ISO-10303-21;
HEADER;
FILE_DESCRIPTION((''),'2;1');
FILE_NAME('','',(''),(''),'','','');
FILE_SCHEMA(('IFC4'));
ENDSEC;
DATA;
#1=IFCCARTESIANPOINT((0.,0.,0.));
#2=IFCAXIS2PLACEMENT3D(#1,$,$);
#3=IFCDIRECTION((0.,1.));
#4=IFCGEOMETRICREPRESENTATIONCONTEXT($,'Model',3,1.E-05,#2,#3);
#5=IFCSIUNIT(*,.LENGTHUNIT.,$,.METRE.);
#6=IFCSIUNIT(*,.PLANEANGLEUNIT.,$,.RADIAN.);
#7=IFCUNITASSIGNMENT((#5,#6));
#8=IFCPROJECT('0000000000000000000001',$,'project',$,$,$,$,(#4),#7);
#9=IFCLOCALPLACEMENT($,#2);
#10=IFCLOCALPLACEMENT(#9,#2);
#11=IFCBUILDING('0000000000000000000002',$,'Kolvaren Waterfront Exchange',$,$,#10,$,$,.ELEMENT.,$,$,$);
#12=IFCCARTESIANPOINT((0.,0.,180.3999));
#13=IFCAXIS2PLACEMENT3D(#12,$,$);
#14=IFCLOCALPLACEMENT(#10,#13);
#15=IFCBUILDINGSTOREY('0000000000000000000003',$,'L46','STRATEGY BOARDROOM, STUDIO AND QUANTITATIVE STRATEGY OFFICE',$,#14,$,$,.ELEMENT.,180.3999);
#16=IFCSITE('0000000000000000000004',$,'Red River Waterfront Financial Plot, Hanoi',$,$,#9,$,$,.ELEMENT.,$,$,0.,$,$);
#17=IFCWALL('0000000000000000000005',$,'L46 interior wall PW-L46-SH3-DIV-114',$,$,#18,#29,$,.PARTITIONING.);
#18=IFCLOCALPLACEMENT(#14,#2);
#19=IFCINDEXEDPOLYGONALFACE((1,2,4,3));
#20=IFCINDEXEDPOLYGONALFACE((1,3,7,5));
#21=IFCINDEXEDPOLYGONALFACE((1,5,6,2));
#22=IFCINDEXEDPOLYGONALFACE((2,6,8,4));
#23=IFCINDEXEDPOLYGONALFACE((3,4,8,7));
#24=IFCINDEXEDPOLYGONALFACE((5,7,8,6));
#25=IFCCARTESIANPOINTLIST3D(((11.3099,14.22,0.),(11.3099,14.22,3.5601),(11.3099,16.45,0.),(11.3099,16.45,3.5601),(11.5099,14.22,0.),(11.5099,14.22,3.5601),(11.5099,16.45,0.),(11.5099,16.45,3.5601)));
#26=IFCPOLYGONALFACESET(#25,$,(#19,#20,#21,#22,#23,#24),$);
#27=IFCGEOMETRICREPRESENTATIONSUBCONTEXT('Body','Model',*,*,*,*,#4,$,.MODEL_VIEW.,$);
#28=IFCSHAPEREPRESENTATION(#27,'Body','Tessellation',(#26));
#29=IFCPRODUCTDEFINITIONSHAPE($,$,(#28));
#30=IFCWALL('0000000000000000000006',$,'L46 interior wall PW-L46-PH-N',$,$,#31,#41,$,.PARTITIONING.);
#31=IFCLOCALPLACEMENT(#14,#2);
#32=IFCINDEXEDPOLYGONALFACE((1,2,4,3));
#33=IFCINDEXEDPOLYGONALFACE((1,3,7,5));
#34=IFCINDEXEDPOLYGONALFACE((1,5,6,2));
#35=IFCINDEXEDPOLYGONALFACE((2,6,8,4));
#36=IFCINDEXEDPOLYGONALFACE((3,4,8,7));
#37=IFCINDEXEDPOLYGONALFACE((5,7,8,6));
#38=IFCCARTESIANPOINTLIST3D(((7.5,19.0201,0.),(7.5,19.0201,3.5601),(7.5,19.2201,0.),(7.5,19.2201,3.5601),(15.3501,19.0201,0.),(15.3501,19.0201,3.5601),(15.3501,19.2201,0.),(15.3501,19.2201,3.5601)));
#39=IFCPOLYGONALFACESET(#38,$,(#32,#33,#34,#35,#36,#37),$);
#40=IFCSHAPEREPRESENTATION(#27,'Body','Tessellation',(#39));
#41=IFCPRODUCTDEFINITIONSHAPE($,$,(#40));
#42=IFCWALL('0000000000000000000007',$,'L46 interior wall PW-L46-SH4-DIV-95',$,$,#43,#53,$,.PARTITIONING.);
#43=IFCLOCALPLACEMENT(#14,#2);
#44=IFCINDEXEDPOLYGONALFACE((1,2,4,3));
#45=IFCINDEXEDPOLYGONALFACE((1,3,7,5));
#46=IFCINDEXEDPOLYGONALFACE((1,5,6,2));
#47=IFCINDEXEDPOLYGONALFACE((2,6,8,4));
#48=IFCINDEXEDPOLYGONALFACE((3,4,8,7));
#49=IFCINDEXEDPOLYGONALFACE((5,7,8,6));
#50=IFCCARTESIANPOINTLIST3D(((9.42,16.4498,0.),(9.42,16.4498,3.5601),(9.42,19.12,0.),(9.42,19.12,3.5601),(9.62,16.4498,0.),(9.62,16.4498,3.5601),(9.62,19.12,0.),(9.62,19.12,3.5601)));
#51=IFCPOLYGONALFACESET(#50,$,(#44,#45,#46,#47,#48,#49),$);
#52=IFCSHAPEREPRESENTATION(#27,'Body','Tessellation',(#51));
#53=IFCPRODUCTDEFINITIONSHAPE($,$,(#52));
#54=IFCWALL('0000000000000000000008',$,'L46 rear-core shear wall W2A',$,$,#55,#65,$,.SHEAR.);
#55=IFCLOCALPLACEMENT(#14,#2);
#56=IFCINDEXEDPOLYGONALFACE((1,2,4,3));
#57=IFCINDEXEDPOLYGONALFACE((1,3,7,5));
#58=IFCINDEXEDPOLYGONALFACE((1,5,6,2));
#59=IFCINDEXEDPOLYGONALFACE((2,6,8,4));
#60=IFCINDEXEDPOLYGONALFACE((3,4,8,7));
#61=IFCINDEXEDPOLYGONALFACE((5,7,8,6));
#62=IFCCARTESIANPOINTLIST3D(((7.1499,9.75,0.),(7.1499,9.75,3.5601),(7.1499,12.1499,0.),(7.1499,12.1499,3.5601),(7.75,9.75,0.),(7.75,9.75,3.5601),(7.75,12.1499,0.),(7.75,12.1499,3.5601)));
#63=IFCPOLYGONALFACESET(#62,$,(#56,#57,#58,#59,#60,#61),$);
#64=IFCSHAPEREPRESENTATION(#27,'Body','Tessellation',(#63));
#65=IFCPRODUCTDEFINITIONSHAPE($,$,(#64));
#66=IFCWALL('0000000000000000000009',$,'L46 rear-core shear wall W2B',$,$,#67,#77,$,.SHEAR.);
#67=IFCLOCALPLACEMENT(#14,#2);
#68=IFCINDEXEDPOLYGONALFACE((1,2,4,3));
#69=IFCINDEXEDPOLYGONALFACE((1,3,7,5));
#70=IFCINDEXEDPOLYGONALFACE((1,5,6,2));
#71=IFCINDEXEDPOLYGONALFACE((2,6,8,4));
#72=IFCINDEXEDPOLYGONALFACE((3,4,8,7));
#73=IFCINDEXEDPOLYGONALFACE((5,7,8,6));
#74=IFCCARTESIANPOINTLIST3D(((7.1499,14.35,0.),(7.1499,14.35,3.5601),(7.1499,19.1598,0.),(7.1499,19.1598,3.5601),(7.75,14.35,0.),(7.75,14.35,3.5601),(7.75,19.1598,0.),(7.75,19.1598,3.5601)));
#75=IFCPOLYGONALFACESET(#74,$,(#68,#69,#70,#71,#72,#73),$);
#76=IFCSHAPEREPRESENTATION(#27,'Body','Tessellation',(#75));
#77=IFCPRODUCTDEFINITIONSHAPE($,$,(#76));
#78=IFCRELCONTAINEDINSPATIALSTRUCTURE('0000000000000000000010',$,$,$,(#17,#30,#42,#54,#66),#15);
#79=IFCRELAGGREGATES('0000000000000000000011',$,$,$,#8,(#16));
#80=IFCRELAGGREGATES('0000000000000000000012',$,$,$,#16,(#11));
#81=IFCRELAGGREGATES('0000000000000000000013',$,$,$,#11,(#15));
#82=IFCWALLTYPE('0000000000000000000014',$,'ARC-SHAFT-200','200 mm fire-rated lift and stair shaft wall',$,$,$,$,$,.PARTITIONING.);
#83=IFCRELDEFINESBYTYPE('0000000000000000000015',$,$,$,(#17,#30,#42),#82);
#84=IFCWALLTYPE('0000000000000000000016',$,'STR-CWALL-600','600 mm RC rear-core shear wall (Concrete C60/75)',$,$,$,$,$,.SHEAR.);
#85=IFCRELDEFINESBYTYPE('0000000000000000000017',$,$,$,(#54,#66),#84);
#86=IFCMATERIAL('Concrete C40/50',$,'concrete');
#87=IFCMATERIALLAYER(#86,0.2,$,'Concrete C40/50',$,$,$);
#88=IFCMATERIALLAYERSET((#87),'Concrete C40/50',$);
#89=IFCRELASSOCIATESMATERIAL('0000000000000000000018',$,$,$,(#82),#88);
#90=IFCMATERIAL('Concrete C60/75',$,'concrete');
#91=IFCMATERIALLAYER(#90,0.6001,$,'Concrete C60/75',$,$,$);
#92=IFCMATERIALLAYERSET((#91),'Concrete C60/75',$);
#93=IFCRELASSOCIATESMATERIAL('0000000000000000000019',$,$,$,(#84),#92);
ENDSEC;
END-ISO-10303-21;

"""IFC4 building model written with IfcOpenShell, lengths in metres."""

from ifc_helpers import new_model, si_unit, direction, frame, frame_2d, origin, place, context, subcontext, project, spatial, rectangle, extrude, material, layer, layer_set, type_object, element, save


model = new_model("IFC4")

# Units and contexts
model_context = context("Model", 3, precision=1e-05, world=origin(), true_north=direction((0.0, 1.0)))
body_context = subcontext(model_context, "Body", "Model", "MODEL_VIEW")
ifc_project = project(units=[si_unit("LENGTHUNIT", "METRE"), si_unit("PLANEANGLEUNIT", "RADIAN")], contexts=[model_context])

# Site, building, storey
site_placement = place(None, origin())
site = spatial("IfcSite", under=ifc_project, at=site_placement, Name="Red River Waterfront Financial Plot, Hanoi", CompositionType="ELEMENT", RefElevation=0.0)
building_placement = place(site_placement, origin())
building = spatial("IfcBuilding", under=site, at=building_placement, Name="Kolvaren Waterfront Exchange", CompositionType="ELEMENT")
storey_placement = place(building_placement, frame((0.0, 0.0, 180.3999)))
storey = spatial("IfcBuildingStorey", under=building, at=storey_placement, Name="L46", Description="STRATEGY BOARDROOM, STUDIO AND QUANTITATIVE STRATEGY OFFICE", CompositionType="ELEMENT", Elevation=180.3999)

# Shared definitions
ifc_material_1 = material(Name="Concrete C60/75", Category="concrete")

# Shared definitions
ifc_material_2 = material(Name="Concrete C40/50", Category="concrete")
ifc_layer_1 = layer(ifc_material_2, 0.2, Name="Concrete C40/50")
ifc_layer_set_1 = layer_set([ifc_layer_1], Name="Concrete C40/50")
wall_type_1 = type_object("IfcWallType", Name="ARC-SHAFT-200", Description="200 mm fire-rated lift and stair shaft wall", PredefinedType="PARTITIONING", material=ifc_layer_set_1)

# Walls
for number, where, z_axis, x_axis, name in (
    (1, (11.4099, 14.22, 0.0), (0.0, 0.0, 1.0), (0.0, 1.0, 0.0), "L46 interior wall PW-L46-SH3-DIV-114"),
):
    element("IfcWall", number, at=place(storey_placement, frame(where, z_axis=z_axis, x_axis=x_axis)), inside=storey, type_object=wall_type_1, Name=name, PredefinedType="PARTITIONING", context=body_context, shape_type="SweptSolid", body=[
        extrude(rectangle(XDim=2.23, YDim=0.2, at=frame_2d((1.115, 0.0))), origin(), (0.0, 0.0, 1.0), 3.5601),
    ])
wall_1_placement = place(storey_placement, frame((7.5, 19.1201, 0.0), z_axis=(0.0, 0.0, 1.0), x_axis=(1.0, 0.0, 0.0)))
element("IfcWall", 2, at=wall_1_placement, inside=storey, type_object=wall_type_1, Name="L46 interior wall PW-L46-PH-N", PredefinedType="PARTITIONING", context=body_context, shape_type="SweptSolid", body=[
    extrude(rectangle(XDim=7.8501, YDim=0.2, at=frame_2d((3.925, 0.0))), origin(), (0.0, 0.0, 1.0), 3.5601),
])
wall_2_placement = place(storey_placement, frame((9.52, 16.45, 0.0), z_axis=(0.0, 0.0, 1.0), x_axis=(0.0, 1.0, 0.0)))
element("IfcWall", 3, at=wall_2_placement, inside=storey, type_object=wall_type_1, Name="L46 interior wall PW-L46-SH4-DIV-95", PredefinedType="PARTITIONING", context=body_context, shape_type="SweptSolid", body=[
    extrude(rectangle(XDim=2.6702, YDim=0.2, at=frame_2d((1.335, 0.0))), origin(), (0.0, 0.0, 1.0), 3.5601),
])
ifc_layer_2 = layer(ifc_material_1, 0.6001, Name="Concrete C60/75")
ifc_layer_set_2 = layer_set([ifc_layer_2], Name="Concrete C60/75")
wall_type_2 = type_object("IfcWallType", Name="STR-CWALL-600", Description="600 mm RC rear-core shear wall (Concrete C60/75)", PredefinedType="SHEAR", material=ifc_layer_set_2)
wall_3_placement = place(storey_placement, frame((7.45, 9.75, 0.0), z_axis=(0.0, 0.0, 1.0), x_axis=(0.0, 1.0, 0.0)))
element("IfcWall", 4, at=wall_3_placement, inside=storey, type_object=wall_type_2, Name="L46 rear-core shear wall W2A", PredefinedType="SHEAR", context=body_context, shape_type="SweptSolid", body=[
    extrude(rectangle(XDim=2.3999, YDim=0.6001, at=frame_2d((1.2, 0.0))), origin(), (0.0, 0.0, 1.0), 3.5601),
])
wall_4_placement = place(storey_placement, frame((7.45, 14.3501, 0.0), z_axis=(0.0, 0.0, 1.0), x_axis=(0.0, 1.0, 0.0)))
element("IfcWall", 5, at=wall_4_placement, inside=storey, type_object=wall_type_2, Name="L46 rear-core shear wall W2B", PredefinedType="SHEAR", context=body_context, shape_type="SweptSolid", body=[
    extrude(rectangle(XDim=4.8098, YDim=0.6001, at=frame_2d((2.4048, 0.0))), origin(), (0.0, 0.0, 1.0), 3.5601),
])

save(model, "model.ifc")
